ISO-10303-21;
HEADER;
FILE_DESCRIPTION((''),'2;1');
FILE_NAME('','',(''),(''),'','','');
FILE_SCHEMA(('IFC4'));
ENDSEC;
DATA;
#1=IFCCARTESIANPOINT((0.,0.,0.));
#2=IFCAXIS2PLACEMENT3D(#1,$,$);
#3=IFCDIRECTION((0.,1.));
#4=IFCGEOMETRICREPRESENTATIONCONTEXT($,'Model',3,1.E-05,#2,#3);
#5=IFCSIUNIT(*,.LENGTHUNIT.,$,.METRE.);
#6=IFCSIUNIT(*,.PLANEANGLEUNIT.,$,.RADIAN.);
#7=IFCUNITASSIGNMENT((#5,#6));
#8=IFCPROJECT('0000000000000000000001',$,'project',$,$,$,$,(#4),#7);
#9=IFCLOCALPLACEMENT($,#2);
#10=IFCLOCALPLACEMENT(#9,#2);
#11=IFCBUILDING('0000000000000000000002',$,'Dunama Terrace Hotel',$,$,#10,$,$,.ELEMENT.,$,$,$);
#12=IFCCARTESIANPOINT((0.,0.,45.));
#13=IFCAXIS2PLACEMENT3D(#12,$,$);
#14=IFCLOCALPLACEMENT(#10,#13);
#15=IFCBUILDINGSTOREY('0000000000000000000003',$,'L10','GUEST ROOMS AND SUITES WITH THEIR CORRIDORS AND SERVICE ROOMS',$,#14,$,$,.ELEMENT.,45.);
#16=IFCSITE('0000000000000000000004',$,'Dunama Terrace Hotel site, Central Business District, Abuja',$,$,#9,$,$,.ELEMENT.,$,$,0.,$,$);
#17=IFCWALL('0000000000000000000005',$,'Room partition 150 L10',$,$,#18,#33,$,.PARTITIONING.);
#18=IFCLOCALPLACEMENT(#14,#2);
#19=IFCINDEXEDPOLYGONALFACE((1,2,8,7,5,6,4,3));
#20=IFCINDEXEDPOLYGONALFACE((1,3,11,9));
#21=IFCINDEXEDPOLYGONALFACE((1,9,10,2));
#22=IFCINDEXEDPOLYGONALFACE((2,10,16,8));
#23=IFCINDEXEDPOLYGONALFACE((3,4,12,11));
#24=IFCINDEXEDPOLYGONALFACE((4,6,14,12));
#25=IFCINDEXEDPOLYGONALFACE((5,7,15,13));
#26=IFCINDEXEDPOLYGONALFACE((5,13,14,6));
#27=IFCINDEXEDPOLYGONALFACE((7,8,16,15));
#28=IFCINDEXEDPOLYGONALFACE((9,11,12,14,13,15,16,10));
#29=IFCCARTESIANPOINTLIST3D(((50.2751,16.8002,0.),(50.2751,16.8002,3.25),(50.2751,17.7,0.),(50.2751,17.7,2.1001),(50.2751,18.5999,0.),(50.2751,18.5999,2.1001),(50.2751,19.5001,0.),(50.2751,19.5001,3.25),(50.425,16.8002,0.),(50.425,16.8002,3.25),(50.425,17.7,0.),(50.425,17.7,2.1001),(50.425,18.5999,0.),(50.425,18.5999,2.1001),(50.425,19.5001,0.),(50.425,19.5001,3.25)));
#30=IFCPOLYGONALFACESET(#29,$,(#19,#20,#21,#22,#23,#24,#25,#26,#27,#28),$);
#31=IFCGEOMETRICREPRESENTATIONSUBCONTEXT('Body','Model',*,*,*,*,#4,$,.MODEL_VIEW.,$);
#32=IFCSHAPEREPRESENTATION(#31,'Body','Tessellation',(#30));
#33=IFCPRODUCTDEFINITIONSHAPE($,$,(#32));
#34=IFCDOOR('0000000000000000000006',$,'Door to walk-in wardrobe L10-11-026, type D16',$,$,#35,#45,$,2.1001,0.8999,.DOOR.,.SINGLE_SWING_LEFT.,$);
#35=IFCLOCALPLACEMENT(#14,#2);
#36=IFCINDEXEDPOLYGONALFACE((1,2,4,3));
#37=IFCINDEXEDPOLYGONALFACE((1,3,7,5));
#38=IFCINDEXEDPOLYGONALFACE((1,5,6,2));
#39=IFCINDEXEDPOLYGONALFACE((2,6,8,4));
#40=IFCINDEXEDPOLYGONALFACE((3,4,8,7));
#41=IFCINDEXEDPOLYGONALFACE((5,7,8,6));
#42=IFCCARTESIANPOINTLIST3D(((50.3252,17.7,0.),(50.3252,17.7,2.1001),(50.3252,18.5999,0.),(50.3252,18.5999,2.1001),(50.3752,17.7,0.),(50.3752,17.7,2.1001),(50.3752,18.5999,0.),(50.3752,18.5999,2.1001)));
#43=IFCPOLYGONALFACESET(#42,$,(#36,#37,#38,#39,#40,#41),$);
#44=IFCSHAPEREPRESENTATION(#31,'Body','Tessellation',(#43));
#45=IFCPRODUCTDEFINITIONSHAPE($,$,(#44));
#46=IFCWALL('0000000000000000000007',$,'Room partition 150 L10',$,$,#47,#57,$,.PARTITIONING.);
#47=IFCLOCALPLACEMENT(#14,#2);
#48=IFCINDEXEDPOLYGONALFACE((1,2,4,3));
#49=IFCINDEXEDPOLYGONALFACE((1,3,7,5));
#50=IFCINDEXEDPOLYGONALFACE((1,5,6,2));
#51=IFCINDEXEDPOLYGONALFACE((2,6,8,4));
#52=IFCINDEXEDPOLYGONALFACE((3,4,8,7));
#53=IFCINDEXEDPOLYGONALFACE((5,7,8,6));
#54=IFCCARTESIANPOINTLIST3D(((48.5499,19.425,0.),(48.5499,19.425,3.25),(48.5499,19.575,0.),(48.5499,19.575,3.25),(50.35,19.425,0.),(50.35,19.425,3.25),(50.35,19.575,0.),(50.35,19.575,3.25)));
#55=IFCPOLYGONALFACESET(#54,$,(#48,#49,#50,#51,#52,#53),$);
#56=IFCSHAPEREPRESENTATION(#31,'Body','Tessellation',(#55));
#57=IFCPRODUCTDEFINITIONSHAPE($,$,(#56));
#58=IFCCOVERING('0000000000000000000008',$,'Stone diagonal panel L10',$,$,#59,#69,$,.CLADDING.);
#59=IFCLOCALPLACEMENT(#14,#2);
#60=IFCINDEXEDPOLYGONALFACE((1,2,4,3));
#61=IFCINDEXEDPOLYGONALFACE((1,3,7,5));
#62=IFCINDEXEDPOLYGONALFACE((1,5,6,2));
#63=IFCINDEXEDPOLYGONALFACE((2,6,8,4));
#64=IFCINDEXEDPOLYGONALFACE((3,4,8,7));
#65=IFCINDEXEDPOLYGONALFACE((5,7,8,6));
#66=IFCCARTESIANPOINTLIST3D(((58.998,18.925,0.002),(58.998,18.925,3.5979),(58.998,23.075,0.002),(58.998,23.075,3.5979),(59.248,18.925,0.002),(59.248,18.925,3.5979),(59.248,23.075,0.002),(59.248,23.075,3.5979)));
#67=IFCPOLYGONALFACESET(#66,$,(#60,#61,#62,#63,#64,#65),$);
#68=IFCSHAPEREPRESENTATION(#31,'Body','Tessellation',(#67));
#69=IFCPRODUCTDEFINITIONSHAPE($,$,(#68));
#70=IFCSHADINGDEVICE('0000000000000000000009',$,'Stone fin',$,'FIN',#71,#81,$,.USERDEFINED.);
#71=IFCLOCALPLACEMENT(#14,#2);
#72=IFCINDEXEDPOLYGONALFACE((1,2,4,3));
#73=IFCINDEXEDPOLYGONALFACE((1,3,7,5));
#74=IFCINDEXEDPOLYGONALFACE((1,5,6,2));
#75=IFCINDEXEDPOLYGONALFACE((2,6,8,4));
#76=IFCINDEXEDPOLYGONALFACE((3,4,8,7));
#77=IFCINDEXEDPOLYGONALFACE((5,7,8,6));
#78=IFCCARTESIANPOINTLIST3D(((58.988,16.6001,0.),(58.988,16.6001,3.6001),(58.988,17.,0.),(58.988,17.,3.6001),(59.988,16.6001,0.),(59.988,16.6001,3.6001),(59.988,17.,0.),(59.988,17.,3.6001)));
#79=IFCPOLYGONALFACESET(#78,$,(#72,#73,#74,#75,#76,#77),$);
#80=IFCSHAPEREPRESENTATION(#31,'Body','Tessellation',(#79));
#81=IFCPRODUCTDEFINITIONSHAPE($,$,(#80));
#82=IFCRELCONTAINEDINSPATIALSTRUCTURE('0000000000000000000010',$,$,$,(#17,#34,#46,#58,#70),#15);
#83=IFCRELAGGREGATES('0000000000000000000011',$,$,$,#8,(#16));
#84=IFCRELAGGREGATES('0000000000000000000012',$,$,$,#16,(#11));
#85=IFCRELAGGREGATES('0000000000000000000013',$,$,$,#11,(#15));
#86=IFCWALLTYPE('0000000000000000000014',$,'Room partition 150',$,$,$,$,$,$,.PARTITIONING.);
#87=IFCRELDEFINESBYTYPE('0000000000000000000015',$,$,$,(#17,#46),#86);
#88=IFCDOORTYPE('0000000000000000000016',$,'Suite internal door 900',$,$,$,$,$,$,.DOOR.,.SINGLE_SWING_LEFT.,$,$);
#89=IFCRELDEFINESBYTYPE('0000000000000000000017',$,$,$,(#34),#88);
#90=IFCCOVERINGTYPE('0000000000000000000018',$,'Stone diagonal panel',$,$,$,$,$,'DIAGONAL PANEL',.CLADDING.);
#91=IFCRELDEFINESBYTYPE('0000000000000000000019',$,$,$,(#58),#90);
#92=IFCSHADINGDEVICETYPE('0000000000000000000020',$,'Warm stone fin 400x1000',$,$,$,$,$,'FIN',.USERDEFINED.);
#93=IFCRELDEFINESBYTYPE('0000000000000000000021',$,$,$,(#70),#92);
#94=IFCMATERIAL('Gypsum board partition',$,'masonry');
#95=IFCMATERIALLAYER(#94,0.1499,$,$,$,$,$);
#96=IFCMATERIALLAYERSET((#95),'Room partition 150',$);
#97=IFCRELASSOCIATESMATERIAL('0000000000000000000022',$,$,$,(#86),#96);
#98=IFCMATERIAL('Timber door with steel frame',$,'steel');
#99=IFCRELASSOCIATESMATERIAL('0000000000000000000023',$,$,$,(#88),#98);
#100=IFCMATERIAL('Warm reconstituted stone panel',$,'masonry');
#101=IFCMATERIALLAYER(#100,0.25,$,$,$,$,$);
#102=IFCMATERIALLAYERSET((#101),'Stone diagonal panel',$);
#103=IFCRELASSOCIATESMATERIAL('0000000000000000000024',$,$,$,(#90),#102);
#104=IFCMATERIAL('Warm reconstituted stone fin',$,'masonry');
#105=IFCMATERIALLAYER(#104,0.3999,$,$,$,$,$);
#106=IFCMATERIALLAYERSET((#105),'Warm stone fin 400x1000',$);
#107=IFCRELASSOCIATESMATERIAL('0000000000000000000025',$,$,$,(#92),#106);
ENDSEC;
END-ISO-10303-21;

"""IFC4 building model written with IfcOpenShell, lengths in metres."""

from ifc_helpers import new_model, si_unit, direction, frame, frame_2d, origin, origin_2d, place, context, subcontext, project, spatial, rectangle, extrude, material, layer, layer_set, type_object, element, fill, save


model = new_model("IFC4")

# Units and contexts
model_context = context("Model", 3, precision=1e-05, world=origin(), true_north=direction((0.0, 1.0)))
body_context = subcontext(model_context, "Body", "Model", "MODEL_VIEW")
ifc_project = project(units=[si_unit("LENGTHUNIT", "METRE"), si_unit("PLANEANGLEUNIT", "RADIAN")], contexts=[model_context])

# Site, building, storey
site_placement = place(None, origin())
site = spatial("IfcSite", under=ifc_project, at=site_placement, Name="Dunama Terrace Hotel site, Central Business District, Abuja", CompositionType="ELEMENT", RefElevation=0.0)
building_placement = place(site_placement, origin())
building = spatial("IfcBuilding", under=site, at=building_placement, Name="Dunama Terrace Hotel", CompositionType="ELEMENT")
storey_placement = place(building_placement, frame((0.0, 0.0, 45.0)))
storey = spatial("IfcBuildingStorey", under=building, at=storey_placement, Name="L10", Description="GUEST ROOMS AND SUITES WITH THEIR CORRIDORS AND SERVICE ROOMS", CompositionType="ELEMENT", Elevation=45.0)

# Shared definitions
ifc_material_1 = material(Name="Gypsum board partition", Category="masonry")
ifc_layer_1 = layer(ifc_material_1, 0.1499)
ifc_layer_set_1 = layer_set([ifc_layer_1], Name="Room partition 150")
wall_type_1 = type_object("IfcWallType", Name="Room partition 150", PredefinedType="PARTITIONING", material=ifc_layer_set_1)

# Wall, opening, door
wall_1_placement = place(storey_placement, frame((50.3501, 16.8, 0.0), z_axis=(0.0, 0.0, 1.0), x_axis=(0.0, 1.0, 0.0)))
wall_1 = element("IfcWall", 1, at=wall_1_placement, inside=storey, type_object=wall_type_1, Name="Room partition 150 L10", PredefinedType="PARTITIONING", context=body_context, shape_type="SweptSolid", body=[
    extrude(rectangle(XDim=2.7, YDim=0.1499, at=frame_2d((1.3501, 0.0))), origin(), (0.0, 0.0, 1.0), 3.25),
])
opening_1_placement = place(wall_1_placement, frame((0.8999, 0.0, 0.0)))
opening_1 = element("IfcOpeningElement", 2, at=opening_1_placement, cuts=wall_1, PredefinedType="OPENING", context=body_context, shape_type="SweptSolid", body=[
    extrude(rectangle(XDim=0.8999, YDim=2.1001, at=frame_2d((0.45, 1.05))), frame((0.0, 0.085, 0.0), z_axis=(0.0, -1.0, 0.0), x_axis=(1.0, 0.0, 0.0)), (0.0, 0.0, 1.0), 0.1699),
])
ifc_material_2 = material(Name="Timber door with steel frame", Category="steel")
door_type_1 = type_object("IfcDoorType", Name="Suite internal door 900", OperationType="SINGLE_SWING_LEFT", PredefinedType="DOOR", material=ifc_material_2)
door_1_placement = place(opening_1_placement, origin())
door_1 = element("IfcDoor", 3, at=door_1_placement, inside=storey, type_object=door_type_1, Name="Door to walk-in wardrobe L10-11-026, type D16", OperationType="SINGLE_SWING_LEFT", OverallHeight=2.1001, OverallWidth=0.8999, PredefinedType="DOOR", context=body_context, shape_type="SweptSolid", body=[
    extrude(rectangle(XDim=0.8999, YDim=2.1001, at=frame_2d((0.45, 1.05))), frame((0.0, 0.0249, 0.0), z_axis=(0.0, -1.0, 0.0), x_axis=(1.0, 0.0, 0.0)), (0.0, 0.0, 1.0), 0.05),
])
fill(opening_1, door_1)

# Wall
wall_2_placement = place(storey_placement, frame((48.55, 19.5, 0.0), z_axis=(0.0, 0.0, 1.0), x_axis=(1.0, 0.0, 0.0)))
element("IfcWall", 4, at=wall_2_placement, inside=storey, type_object=wall_type_1, Name="Room partition 150 L10", PredefinedType="PARTITIONING", context=body_context, shape_type="SweptSolid", body=[
    extrude(rectangle(XDim=1.8, YDim=0.1499, at=frame_2d((0.8999, 0.0))), origin(), (0.0, 0.0, 1.0), 3.25),
])

# Covering
ifc_material_3 = material(Name="Warm reconstituted stone panel", Category="masonry")
ifc_layer_2 = layer(ifc_material_3, 0.25)
ifc_layer_set_2 = layer_set([ifc_layer_2], Name="Stone diagonal panel")
covering_type = type_object("IfcCoveringType", Name="Stone diagonal panel", ElementType="DIAGONAL PANEL", PredefinedType="CLADDING", material=ifc_layer_set_2)
covering_placement = place(storey_placement, frame((59.123, 21.0, 0.002), z_axis=(0.0, 0.0, 1.0), x_axis=(0.0, 1.0, 0.0)))
element("IfcCovering", 5, at=covering_placement, inside=storey, type_object=covering_type, Name="Stone diagonal panel L10", PredefinedType="CLADDING", context=body_context, shape_type="SweptSolid", body=[
    extrude(rectangle(XDim=4.1499, YDim=0.25, at=origin_2d()), origin(), (0.0, 0.0, 1.0), 3.5959),
])

# Shading device
ifc_material_4 = material(Name="Warm reconstituted stone fin", Category="masonry")
ifc_layer_3 = layer(ifc_material_4, 0.3999)
ifc_layer_set_3 = layer_set([ifc_layer_3], Name="Warm stone fin 400x1000")
shading_device_type = type_object("IfcShadingDeviceType", Name="Warm stone fin 400x1000", ElementType="FIN", PredefinedType="USERDEFINED", material=ifc_layer_set_3)
shading_device_placement = place(storey_placement, frame((59.488, 16.8, 0.0), z_axis=(0.0, 0.0, 1.0), x_axis=(0.0, 1.0, 0.0)))
element("IfcShadingDevice", 6, at=shading_device_placement, inside=storey, type_object=shading_device_type, Name="Stone fin", ObjectType="FIN", PredefinedType="USERDEFINED", context=body_context, shape_type="SweptSolid", body=[
    extrude(rectangle(XDim=0.3999, YDim=1.0, at=origin_2d()), origin(), (0.0, 0.0, 1.0), 3.6001),
])

save(model, "model.ifc")
